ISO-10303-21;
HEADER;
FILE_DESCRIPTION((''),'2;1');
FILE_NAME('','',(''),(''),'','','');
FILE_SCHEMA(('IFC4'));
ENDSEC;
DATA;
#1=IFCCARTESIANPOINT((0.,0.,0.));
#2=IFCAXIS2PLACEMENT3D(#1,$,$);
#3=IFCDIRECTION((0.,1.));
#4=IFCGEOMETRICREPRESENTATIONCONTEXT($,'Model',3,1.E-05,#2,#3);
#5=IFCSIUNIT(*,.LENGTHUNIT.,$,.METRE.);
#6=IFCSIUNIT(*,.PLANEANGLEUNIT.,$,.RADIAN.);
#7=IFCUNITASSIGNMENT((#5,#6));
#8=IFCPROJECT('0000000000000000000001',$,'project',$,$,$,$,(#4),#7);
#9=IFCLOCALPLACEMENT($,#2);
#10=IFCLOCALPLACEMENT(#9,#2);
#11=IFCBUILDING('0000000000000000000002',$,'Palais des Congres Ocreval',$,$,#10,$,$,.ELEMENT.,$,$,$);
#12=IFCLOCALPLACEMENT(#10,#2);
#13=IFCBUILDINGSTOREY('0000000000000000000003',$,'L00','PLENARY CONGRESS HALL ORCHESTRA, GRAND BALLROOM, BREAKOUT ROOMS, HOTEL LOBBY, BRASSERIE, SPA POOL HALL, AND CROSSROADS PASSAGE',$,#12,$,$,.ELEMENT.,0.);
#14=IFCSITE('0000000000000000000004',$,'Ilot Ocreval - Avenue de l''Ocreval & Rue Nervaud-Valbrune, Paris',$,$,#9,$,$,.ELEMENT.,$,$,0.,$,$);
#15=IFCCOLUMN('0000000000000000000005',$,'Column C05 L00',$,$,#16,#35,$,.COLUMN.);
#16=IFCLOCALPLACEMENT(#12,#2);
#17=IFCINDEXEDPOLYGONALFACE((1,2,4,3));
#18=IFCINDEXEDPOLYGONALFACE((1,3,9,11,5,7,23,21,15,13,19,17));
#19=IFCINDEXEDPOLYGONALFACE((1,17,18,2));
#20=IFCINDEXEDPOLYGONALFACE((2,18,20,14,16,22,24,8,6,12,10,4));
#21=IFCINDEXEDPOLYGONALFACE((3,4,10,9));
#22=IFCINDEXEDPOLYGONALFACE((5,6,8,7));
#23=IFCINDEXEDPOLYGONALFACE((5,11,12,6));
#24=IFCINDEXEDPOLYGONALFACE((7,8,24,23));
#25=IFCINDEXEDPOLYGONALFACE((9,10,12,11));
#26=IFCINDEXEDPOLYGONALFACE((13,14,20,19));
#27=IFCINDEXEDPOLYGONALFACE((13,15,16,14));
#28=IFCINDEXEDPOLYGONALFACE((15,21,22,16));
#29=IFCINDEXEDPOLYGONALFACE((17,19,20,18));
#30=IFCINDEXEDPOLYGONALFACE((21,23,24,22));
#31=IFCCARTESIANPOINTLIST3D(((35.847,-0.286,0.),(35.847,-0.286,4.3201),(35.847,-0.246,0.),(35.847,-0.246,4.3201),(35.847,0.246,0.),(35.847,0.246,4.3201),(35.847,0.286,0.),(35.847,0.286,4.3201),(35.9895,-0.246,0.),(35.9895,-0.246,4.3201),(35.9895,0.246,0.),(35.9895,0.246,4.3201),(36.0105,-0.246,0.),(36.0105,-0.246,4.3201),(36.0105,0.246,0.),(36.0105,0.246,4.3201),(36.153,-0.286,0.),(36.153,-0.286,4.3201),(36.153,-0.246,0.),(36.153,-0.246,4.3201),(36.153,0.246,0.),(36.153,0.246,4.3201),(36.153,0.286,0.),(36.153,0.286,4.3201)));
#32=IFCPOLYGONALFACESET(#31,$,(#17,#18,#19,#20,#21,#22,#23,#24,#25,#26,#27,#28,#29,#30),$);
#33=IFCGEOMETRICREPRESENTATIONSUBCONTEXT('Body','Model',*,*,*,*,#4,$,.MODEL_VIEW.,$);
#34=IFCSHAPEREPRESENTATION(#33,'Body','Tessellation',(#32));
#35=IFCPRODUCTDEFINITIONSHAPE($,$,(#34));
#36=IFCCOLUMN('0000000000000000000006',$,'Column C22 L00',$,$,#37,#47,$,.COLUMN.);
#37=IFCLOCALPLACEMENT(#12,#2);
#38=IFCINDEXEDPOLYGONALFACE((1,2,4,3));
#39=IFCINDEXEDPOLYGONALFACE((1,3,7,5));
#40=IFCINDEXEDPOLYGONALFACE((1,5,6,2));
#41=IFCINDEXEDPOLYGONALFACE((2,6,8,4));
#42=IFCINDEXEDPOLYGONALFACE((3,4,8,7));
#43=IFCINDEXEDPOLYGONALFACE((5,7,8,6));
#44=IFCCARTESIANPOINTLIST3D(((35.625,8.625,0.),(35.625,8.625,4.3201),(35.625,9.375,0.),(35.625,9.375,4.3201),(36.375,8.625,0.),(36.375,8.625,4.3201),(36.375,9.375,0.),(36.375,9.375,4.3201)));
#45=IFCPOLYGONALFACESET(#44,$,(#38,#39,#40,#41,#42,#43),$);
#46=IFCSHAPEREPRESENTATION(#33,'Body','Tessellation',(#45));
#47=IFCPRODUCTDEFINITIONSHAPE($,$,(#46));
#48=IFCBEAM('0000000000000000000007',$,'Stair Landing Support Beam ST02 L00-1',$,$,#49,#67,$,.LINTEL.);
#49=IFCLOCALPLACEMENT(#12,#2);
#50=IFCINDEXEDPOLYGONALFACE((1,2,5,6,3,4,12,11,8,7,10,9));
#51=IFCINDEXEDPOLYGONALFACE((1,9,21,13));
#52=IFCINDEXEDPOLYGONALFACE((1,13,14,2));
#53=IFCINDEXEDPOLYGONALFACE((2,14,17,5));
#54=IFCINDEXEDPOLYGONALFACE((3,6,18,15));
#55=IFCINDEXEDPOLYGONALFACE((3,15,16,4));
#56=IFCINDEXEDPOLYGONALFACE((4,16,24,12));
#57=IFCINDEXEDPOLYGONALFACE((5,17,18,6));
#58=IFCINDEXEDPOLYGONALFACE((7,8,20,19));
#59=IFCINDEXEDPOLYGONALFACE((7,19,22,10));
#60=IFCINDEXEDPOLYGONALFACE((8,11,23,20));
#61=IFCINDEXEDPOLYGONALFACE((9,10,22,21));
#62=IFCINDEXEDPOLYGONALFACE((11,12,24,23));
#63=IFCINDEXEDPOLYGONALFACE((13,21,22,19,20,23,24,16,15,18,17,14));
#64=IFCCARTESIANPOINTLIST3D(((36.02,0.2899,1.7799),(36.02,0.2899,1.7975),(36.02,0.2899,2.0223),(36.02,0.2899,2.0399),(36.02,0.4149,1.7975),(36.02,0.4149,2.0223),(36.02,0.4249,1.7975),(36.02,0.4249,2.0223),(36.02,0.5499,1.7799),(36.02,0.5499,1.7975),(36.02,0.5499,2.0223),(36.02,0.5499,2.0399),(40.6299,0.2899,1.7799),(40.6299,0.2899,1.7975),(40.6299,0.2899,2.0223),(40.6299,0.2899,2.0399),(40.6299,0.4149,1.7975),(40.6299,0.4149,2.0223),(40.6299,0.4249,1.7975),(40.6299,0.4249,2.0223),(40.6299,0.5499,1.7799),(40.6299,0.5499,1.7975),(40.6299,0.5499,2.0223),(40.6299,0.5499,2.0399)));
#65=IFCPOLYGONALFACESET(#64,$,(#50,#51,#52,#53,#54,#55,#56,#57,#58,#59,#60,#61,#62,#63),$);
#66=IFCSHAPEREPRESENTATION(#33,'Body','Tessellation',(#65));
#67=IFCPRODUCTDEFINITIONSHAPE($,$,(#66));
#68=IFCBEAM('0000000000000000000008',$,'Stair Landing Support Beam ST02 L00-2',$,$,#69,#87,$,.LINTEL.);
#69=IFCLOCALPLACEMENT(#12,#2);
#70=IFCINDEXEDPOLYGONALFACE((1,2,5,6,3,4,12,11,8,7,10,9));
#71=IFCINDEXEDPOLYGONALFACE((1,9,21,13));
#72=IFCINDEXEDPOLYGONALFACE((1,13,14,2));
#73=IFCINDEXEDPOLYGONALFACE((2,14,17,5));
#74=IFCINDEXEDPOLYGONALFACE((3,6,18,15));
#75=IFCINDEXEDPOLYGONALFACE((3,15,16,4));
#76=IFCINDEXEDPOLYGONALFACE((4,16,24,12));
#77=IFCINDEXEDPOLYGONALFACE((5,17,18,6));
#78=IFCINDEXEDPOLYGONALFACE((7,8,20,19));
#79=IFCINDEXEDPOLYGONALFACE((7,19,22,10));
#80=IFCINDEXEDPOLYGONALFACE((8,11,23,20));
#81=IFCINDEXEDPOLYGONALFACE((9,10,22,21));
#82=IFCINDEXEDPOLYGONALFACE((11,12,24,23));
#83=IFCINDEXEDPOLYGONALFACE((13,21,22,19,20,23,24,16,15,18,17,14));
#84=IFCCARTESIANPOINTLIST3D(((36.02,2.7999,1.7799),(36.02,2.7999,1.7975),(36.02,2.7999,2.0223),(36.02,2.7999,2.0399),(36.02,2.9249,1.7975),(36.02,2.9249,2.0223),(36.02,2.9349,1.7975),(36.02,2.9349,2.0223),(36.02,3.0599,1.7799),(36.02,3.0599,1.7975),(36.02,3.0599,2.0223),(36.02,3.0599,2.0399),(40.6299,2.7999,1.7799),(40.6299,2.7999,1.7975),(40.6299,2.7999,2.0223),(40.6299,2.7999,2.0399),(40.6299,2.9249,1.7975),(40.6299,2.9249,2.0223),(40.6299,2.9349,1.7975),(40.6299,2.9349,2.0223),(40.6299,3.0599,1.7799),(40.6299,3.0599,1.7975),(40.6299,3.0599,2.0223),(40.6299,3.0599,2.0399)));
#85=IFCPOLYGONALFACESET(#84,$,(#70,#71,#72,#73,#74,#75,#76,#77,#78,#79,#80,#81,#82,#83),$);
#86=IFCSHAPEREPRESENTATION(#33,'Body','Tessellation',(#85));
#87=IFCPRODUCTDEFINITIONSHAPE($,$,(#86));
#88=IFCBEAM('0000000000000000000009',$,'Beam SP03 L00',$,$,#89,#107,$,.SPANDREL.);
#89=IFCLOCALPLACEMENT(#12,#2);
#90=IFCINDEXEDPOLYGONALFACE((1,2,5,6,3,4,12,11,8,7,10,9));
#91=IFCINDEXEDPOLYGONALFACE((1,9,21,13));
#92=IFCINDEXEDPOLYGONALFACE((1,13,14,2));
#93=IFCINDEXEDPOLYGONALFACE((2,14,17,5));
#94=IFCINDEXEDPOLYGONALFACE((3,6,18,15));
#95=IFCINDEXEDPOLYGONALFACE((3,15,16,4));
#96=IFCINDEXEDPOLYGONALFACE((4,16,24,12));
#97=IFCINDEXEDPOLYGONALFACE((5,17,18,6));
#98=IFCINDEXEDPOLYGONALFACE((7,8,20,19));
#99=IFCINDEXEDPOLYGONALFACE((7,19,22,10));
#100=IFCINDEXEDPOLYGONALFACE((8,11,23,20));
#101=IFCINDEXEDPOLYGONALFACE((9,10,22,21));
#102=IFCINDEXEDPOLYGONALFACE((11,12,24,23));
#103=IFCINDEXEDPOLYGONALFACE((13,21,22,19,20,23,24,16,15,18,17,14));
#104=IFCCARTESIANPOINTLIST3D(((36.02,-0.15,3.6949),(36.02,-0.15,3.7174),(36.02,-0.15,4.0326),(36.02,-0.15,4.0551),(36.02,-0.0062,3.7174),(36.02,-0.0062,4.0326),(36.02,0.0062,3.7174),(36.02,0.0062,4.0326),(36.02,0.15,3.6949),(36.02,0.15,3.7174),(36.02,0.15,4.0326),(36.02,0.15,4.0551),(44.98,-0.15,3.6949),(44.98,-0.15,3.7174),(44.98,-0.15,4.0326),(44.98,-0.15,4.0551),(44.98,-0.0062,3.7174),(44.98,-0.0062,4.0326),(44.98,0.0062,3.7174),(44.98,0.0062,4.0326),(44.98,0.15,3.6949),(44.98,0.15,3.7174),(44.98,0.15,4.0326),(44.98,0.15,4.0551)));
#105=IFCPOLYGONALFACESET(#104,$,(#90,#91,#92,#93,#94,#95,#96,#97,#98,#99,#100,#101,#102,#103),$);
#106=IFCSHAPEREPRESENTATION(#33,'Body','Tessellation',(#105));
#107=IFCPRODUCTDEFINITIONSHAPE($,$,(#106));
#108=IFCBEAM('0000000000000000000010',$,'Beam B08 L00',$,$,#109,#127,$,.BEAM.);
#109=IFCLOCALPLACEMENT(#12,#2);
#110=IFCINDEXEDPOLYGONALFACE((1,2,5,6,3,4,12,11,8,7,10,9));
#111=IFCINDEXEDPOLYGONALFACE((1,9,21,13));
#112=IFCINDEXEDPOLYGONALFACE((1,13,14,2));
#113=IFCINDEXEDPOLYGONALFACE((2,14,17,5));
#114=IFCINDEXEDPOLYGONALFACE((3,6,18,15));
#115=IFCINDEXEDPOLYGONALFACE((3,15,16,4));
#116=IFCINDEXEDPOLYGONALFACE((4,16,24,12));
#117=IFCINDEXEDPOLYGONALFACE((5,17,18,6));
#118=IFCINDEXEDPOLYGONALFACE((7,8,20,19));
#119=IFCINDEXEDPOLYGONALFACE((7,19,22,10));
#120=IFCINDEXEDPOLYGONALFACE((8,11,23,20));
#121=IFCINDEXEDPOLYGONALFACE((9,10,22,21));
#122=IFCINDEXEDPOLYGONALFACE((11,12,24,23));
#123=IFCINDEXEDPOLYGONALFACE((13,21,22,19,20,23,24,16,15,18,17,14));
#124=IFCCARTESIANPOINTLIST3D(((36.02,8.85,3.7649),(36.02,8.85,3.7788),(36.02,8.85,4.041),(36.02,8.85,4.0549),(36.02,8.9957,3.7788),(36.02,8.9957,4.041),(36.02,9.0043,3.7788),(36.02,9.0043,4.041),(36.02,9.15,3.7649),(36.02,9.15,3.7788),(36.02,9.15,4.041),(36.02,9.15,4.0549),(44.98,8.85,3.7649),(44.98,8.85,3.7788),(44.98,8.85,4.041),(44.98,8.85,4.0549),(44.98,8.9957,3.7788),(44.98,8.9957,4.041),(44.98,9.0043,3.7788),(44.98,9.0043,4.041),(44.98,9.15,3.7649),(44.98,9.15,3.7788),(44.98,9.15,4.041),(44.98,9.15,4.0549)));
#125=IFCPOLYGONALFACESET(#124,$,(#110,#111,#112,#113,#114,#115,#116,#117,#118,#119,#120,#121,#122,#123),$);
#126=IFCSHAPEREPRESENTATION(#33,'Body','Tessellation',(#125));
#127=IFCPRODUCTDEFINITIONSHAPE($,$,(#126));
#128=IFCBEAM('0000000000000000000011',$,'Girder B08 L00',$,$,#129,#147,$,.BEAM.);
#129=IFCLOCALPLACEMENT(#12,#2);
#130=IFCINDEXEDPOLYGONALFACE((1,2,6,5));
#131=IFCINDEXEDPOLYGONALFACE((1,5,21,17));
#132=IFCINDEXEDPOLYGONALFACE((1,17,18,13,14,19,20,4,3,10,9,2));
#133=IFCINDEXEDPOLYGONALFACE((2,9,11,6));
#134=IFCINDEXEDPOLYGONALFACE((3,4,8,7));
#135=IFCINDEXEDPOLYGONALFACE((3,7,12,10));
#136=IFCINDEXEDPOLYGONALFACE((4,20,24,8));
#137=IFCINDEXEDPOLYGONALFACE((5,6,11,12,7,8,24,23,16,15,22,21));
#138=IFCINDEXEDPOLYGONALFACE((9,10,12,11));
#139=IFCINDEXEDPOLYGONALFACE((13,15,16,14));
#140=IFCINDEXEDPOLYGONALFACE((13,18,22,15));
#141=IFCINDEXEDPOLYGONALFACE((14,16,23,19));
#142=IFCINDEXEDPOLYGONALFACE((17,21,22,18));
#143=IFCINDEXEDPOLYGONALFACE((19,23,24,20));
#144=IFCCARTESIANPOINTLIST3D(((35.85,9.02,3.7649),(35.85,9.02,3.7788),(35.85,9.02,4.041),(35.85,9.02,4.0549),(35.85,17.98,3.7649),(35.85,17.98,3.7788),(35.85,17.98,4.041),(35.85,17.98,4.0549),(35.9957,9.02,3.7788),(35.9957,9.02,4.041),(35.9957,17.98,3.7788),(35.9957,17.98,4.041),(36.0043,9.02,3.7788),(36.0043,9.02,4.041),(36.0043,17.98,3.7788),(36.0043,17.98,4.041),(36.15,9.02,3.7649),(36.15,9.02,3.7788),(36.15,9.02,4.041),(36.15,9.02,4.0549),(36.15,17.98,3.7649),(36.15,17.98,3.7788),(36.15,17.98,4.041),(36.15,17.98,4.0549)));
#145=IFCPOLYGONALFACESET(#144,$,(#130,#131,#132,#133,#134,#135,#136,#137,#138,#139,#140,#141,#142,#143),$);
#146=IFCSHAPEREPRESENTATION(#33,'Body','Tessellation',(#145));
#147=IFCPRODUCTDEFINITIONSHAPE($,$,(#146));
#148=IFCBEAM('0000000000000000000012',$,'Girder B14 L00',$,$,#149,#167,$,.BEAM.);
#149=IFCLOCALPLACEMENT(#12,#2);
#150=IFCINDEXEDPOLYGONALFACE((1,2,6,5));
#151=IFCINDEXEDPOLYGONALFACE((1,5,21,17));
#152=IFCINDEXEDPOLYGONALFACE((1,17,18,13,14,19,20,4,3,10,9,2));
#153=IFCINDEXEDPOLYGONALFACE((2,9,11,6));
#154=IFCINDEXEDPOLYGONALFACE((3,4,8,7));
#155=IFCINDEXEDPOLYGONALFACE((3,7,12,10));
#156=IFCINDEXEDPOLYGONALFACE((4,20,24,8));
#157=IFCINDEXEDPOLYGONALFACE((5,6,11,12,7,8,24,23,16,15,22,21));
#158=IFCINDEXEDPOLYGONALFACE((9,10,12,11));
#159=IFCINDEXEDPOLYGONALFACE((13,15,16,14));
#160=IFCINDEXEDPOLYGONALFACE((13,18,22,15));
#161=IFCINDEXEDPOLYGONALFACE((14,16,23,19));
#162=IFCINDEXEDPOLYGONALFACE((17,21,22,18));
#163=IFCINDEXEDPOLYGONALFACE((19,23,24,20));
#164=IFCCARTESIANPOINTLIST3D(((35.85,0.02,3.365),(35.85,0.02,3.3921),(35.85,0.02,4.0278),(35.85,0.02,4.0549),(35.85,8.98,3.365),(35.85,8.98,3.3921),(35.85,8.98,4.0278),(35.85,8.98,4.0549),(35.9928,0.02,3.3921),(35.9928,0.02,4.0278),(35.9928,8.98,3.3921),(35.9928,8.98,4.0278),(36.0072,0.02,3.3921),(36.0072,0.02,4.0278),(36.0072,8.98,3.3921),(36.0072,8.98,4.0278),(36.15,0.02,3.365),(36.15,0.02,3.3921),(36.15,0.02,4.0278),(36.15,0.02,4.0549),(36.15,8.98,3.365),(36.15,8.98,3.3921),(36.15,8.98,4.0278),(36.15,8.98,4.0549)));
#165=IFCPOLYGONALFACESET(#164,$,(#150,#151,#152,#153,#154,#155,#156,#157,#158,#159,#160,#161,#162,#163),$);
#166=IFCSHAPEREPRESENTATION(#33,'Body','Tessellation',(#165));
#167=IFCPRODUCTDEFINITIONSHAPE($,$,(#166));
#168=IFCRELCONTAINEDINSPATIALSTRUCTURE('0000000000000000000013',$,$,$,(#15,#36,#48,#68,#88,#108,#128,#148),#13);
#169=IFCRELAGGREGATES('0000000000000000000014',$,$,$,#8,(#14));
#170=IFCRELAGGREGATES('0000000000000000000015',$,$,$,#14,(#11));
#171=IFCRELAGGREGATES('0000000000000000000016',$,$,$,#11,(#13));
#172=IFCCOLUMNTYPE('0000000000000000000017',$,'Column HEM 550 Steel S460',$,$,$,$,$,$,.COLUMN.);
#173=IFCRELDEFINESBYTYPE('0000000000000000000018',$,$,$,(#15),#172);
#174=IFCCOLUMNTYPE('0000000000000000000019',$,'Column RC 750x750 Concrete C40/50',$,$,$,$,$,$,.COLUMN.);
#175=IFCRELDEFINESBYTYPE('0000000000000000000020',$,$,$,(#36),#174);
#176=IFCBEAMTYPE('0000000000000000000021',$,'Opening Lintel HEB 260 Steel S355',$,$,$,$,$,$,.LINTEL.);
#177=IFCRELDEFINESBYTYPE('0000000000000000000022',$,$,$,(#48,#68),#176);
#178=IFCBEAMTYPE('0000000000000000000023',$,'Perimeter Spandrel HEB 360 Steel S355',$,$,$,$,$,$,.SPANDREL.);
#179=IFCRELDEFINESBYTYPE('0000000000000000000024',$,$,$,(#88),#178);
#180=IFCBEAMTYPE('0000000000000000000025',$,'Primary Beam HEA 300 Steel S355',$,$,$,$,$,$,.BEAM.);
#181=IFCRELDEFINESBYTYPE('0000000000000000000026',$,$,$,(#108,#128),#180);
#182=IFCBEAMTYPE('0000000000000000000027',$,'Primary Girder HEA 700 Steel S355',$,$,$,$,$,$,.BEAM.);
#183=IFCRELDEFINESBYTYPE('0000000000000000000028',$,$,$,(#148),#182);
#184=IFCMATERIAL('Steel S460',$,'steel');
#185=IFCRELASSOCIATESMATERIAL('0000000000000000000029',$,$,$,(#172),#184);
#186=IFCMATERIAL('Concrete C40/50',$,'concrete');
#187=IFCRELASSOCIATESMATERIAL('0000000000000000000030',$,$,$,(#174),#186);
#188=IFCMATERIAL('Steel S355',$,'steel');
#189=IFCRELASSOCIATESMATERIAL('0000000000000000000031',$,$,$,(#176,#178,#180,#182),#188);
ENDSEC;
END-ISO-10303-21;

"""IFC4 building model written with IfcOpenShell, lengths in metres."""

from ifc_helpers import new_model, si_unit, direction, frame, origin, origin_2d, place, context, subcontext, project, spatial, rectangle, i_section, extrude, material, material_profile, profile_set, type_object, element, save


model = new_model("IFC4")

# Units and contexts
model_context = context("Model", 3, precision=1e-05, world=origin(), true_north=direction((0.0, 1.0)))
body_context = subcontext(model_context, "Body", "Model", "MODEL_VIEW")
ifc_project = project(units=[si_unit("LENGTHUNIT", "METRE"), si_unit("PLANEANGLEUNIT", "RADIAN")], contexts=[model_context])

# Site, building, storey
site_placement = place(None, origin())
site = spatial("IfcSite", under=ifc_project, at=site_placement, Name="Ilot Ocreval - Avenue de l'Ocreval & Rue Nervaud-Valbrune, Paris", CompositionType="ELEMENT", RefElevation=0.0)
building_placement = place(site_placement, origin())
building = spatial("IfcBuilding", under=site, at=building_placement, Name="Palais des Congres Ocreval", CompositionType="ELEMENT")
storey_placement = place(building_placement, origin())
storey = spatial("IfcBuildingStorey", under=building, at=storey_placement, Name="L00", Description="PLENARY CONGRESS HALL ORCHESTRA, GRAND BALLROOM, BREAKOUT ROOMS, HOTEL LOBBY, BRASSERIE, SPA POOL HALL, AND CROSSROADS PASSAGE", CompositionType="ELEMENT", Elevation=0.0)

# Columns
ifc_material_1 = material(Name="Steel S460", Category="steel")
ifc_material_profile_1 = material_profile(ifc_material_1, i_section(OverallWidth=0.3059, OverallDepth=0.572, WebThickness=0.021, FlangeThickness=0.04, at=origin_2d()), Name="HEM 550")
ifc_profile_set_1 = profile_set([ifc_material_profile_1], Name="Steel S460")
column_type_1 = type_object("IfcColumnType", Name="Column HEM 550 Steel S460", PredefinedType="COLUMN", material=ifc_profile_set_1)
column_1_placement = place(storey_placement, frame((36.0, 0.0, 0.0), z_axis=(0.0, 0.0, 1.0), x_axis=(1.0, 0.0, 0.0)))
element("IfcColumn", 1, at=column_1_placement, inside=storey, type_object=column_type_1, Name="Column C05 L00", PredefinedType="COLUMN", context=body_context, shape_type="SweptSolid", body=[
    extrude(i_section(OverallWidth=0.3059, OverallDepth=0.572, WebThickness=0.021, FlangeThickness=0.04, at=origin_2d()), origin(), (0.0, 0.0, 1.0), 4.3201),
])
ifc_material_2 = material(Name="Concrete C40/50", Category="concrete")
ifc_material_profile_2 = material_profile(ifc_material_2, rectangle(XDim=0.75, YDim=0.75, at=origin_2d()), Name="RC 750x750")
ifc_profile_set_2 = profile_set([ifc_material_profile_2], Name="Concrete C40/50")
column_type_2 = type_object("IfcColumnType", Name="Column RC 750x750 Concrete C40/50", PredefinedType="COLUMN", material=ifc_profile_set_2)
column_2_placement = place(storey_placement, frame((36.0, 9.0, 0.0), z_axis=(0.0, 0.0, 1.0), x_axis=(1.0, 0.0, 0.0)))
element("IfcColumn", 2, at=column_2_placement, inside=storey, type_object=column_type_2, Name="Column C22 L00", PredefinedType="COLUMN", context=body_context, shape_type="SweptSolid", body=[
    extrude(rectangle(XDim=0.75, YDim=0.75, at=origin_2d()), origin(), (0.0, 0.0, 1.0), 4.3201),
])

# Beams
ifc_material_3 = material(Name="Steel S355", Category="steel")
ifc_material_profile_3 = material_profile(ifc_material_3, i_section(OverallWidth=0.26, OverallDepth=0.26, WebThickness=0.01, FlangeThickness=0.0176, at=origin_2d()), Name="HEB 260")
ifc_profile_set_3 = profile_set([ifc_material_profile_3], Name="Steel S355")
beam_type_1 = type_object("IfcBeamType", Name="Opening Lintel HEB 260 Steel S355", PredefinedType="LINTEL", material=ifc_profile_set_3)
for number, where, z_axis, x_axis, name in (
    (3, (36.02, 0.4199, 1.9099), (1.0, 0.0, 0.0), (0.0, 1.0, 0.0), "Stair Landing Support Beam ST02 L00-1"),
    (4, (36.02, 2.9299, 1.9099), (1.0, 0.0, 0.0), (0.0, 1.0, 0.0), "Stair Landing Support Beam ST02 L00-2"),
):
    element("IfcBeam", number, at=place(storey_placement, frame(where, z_axis=z_axis, x_axis=x_axis)), inside=storey, type_object=beam_type_1, Name=name, PredefinedType="LINTEL", context=body_context, shape_type="SweptSolid", body=[
        extrude(i_section(OverallWidth=0.26, OverallDepth=0.26, WebThickness=0.01, FlangeThickness=0.0176, at=origin_2d()), origin(), (0.0, 0.0, 1.0), 4.6099),
    ])
ifc_material_profile_4 = material_profile(ifc_material_3, i_section(OverallWidth=0.3, OverallDepth=0.3601, WebThickness=0.0125, FlangeThickness=0.0225, at=origin_2d()), Name="HEB 360")
ifc_profile_set_4 = profile_set([ifc_material_profile_4], Name="Steel S355")
beam_type_2 = type_object("IfcBeamType", Name="Perimeter Spandrel HEB 360 Steel S355", PredefinedType="SPANDREL", material=ifc_profile_set_4)
beam_1_placement = place(storey_placement, frame((36.02, 0.0, 3.875), z_axis=(1.0, 0.0, 0.0), x_axis=(0.0, 1.0, 0.0)))
element("IfcBeam", 5, at=beam_1_placement, inside=storey, type_object=beam_type_2, Name="Beam SP03 L00", PredefinedType="SPANDREL", context=body_context, shape_type="SweptSolid", body=[
    extrude(i_section(OverallWidth=0.3, OverallDepth=0.3601, WebThickness=0.0125, FlangeThickness=0.0225, at=origin_2d()), origin(), (0.0, 0.0, 1.0), 8.96),
])
ifc_material_profile_5 = material_profile(ifc_material_3, i_section(OverallWidth=0.3, OverallDepth=0.29, WebThickness=0.0085, FlangeThickness=0.0139, at=origin_2d()), Name="HEA 300")
ifc_profile_set_5 = profile_set([ifc_material_profile_5], Name="Steel S355")
beam_type_3 = type_object("IfcBeamType", Name="Primary Beam HEA 300 Steel S355", PredefinedType="BEAM", material=ifc_profile_set_5)
for number, where, z_axis, x_axis, name in (
    (6, (36.02, 9.0, 3.9099), (1.0, 0.0, 0.0), (0.0, 1.0, 0.0), "Beam B08 L00"),
    (7, (36.0, 9.02, 3.9099), (0.0, 1.0, 0.0), (-1.0, 0.0, 0.0), "Girder B08 L00"),
):
    element("IfcBeam", number, at=place(storey_placement, frame(where, z_axis=z_axis, x_axis=x_axis)), inside=storey, type_object=beam_type_3, Name=name, PredefinedType="BEAM", context=body_context, shape_type="SweptSolid", body=[
        extrude(i_section(OverallWidth=0.3, OverallDepth=0.29, WebThickness=0.0085, FlangeThickness=0.0139, at=origin_2d()), origin(), (0.0, 0.0, 1.0), 8.96),
    ])
ifc_material_profile_6 = material_profile(ifc_material_3, i_section(OverallWidth=0.3, OverallDepth=0.6899, WebThickness=0.0144, FlangeThickness=0.0271, at=origin_2d()), Name="HEA 700")
ifc_profile_set_6 = profile_set([ifc_material_profile_6], Name="Steel S355")
beam_type_4 = type_object("IfcBeamType", Name="Primary Girder HEA 700 Steel S355", PredefinedType="BEAM", material=ifc_profile_set_6)
beam_2_placement = place(storey_placement, frame((36.0, 0.02, 3.71), z_axis=(0.0, 1.0, 0.0), x_axis=(-1.0, 0.0, 0.0)))
element("IfcBeam", 8, at=beam_2_placement, inside=storey, type_object=beam_type_4, Name="Girder B14 L00", PredefinedType="BEAM", context=body_context, shape_type="SweptSolid", body=[
    extrude(i_section(OverallWidth=0.3, OverallDepth=0.6899, WebThickness=0.0144, FlangeThickness=0.0271, at=origin_2d()), origin(), (0.0, 0.0, 1.0), 8.96),
])

save(model, "model.ifc")
